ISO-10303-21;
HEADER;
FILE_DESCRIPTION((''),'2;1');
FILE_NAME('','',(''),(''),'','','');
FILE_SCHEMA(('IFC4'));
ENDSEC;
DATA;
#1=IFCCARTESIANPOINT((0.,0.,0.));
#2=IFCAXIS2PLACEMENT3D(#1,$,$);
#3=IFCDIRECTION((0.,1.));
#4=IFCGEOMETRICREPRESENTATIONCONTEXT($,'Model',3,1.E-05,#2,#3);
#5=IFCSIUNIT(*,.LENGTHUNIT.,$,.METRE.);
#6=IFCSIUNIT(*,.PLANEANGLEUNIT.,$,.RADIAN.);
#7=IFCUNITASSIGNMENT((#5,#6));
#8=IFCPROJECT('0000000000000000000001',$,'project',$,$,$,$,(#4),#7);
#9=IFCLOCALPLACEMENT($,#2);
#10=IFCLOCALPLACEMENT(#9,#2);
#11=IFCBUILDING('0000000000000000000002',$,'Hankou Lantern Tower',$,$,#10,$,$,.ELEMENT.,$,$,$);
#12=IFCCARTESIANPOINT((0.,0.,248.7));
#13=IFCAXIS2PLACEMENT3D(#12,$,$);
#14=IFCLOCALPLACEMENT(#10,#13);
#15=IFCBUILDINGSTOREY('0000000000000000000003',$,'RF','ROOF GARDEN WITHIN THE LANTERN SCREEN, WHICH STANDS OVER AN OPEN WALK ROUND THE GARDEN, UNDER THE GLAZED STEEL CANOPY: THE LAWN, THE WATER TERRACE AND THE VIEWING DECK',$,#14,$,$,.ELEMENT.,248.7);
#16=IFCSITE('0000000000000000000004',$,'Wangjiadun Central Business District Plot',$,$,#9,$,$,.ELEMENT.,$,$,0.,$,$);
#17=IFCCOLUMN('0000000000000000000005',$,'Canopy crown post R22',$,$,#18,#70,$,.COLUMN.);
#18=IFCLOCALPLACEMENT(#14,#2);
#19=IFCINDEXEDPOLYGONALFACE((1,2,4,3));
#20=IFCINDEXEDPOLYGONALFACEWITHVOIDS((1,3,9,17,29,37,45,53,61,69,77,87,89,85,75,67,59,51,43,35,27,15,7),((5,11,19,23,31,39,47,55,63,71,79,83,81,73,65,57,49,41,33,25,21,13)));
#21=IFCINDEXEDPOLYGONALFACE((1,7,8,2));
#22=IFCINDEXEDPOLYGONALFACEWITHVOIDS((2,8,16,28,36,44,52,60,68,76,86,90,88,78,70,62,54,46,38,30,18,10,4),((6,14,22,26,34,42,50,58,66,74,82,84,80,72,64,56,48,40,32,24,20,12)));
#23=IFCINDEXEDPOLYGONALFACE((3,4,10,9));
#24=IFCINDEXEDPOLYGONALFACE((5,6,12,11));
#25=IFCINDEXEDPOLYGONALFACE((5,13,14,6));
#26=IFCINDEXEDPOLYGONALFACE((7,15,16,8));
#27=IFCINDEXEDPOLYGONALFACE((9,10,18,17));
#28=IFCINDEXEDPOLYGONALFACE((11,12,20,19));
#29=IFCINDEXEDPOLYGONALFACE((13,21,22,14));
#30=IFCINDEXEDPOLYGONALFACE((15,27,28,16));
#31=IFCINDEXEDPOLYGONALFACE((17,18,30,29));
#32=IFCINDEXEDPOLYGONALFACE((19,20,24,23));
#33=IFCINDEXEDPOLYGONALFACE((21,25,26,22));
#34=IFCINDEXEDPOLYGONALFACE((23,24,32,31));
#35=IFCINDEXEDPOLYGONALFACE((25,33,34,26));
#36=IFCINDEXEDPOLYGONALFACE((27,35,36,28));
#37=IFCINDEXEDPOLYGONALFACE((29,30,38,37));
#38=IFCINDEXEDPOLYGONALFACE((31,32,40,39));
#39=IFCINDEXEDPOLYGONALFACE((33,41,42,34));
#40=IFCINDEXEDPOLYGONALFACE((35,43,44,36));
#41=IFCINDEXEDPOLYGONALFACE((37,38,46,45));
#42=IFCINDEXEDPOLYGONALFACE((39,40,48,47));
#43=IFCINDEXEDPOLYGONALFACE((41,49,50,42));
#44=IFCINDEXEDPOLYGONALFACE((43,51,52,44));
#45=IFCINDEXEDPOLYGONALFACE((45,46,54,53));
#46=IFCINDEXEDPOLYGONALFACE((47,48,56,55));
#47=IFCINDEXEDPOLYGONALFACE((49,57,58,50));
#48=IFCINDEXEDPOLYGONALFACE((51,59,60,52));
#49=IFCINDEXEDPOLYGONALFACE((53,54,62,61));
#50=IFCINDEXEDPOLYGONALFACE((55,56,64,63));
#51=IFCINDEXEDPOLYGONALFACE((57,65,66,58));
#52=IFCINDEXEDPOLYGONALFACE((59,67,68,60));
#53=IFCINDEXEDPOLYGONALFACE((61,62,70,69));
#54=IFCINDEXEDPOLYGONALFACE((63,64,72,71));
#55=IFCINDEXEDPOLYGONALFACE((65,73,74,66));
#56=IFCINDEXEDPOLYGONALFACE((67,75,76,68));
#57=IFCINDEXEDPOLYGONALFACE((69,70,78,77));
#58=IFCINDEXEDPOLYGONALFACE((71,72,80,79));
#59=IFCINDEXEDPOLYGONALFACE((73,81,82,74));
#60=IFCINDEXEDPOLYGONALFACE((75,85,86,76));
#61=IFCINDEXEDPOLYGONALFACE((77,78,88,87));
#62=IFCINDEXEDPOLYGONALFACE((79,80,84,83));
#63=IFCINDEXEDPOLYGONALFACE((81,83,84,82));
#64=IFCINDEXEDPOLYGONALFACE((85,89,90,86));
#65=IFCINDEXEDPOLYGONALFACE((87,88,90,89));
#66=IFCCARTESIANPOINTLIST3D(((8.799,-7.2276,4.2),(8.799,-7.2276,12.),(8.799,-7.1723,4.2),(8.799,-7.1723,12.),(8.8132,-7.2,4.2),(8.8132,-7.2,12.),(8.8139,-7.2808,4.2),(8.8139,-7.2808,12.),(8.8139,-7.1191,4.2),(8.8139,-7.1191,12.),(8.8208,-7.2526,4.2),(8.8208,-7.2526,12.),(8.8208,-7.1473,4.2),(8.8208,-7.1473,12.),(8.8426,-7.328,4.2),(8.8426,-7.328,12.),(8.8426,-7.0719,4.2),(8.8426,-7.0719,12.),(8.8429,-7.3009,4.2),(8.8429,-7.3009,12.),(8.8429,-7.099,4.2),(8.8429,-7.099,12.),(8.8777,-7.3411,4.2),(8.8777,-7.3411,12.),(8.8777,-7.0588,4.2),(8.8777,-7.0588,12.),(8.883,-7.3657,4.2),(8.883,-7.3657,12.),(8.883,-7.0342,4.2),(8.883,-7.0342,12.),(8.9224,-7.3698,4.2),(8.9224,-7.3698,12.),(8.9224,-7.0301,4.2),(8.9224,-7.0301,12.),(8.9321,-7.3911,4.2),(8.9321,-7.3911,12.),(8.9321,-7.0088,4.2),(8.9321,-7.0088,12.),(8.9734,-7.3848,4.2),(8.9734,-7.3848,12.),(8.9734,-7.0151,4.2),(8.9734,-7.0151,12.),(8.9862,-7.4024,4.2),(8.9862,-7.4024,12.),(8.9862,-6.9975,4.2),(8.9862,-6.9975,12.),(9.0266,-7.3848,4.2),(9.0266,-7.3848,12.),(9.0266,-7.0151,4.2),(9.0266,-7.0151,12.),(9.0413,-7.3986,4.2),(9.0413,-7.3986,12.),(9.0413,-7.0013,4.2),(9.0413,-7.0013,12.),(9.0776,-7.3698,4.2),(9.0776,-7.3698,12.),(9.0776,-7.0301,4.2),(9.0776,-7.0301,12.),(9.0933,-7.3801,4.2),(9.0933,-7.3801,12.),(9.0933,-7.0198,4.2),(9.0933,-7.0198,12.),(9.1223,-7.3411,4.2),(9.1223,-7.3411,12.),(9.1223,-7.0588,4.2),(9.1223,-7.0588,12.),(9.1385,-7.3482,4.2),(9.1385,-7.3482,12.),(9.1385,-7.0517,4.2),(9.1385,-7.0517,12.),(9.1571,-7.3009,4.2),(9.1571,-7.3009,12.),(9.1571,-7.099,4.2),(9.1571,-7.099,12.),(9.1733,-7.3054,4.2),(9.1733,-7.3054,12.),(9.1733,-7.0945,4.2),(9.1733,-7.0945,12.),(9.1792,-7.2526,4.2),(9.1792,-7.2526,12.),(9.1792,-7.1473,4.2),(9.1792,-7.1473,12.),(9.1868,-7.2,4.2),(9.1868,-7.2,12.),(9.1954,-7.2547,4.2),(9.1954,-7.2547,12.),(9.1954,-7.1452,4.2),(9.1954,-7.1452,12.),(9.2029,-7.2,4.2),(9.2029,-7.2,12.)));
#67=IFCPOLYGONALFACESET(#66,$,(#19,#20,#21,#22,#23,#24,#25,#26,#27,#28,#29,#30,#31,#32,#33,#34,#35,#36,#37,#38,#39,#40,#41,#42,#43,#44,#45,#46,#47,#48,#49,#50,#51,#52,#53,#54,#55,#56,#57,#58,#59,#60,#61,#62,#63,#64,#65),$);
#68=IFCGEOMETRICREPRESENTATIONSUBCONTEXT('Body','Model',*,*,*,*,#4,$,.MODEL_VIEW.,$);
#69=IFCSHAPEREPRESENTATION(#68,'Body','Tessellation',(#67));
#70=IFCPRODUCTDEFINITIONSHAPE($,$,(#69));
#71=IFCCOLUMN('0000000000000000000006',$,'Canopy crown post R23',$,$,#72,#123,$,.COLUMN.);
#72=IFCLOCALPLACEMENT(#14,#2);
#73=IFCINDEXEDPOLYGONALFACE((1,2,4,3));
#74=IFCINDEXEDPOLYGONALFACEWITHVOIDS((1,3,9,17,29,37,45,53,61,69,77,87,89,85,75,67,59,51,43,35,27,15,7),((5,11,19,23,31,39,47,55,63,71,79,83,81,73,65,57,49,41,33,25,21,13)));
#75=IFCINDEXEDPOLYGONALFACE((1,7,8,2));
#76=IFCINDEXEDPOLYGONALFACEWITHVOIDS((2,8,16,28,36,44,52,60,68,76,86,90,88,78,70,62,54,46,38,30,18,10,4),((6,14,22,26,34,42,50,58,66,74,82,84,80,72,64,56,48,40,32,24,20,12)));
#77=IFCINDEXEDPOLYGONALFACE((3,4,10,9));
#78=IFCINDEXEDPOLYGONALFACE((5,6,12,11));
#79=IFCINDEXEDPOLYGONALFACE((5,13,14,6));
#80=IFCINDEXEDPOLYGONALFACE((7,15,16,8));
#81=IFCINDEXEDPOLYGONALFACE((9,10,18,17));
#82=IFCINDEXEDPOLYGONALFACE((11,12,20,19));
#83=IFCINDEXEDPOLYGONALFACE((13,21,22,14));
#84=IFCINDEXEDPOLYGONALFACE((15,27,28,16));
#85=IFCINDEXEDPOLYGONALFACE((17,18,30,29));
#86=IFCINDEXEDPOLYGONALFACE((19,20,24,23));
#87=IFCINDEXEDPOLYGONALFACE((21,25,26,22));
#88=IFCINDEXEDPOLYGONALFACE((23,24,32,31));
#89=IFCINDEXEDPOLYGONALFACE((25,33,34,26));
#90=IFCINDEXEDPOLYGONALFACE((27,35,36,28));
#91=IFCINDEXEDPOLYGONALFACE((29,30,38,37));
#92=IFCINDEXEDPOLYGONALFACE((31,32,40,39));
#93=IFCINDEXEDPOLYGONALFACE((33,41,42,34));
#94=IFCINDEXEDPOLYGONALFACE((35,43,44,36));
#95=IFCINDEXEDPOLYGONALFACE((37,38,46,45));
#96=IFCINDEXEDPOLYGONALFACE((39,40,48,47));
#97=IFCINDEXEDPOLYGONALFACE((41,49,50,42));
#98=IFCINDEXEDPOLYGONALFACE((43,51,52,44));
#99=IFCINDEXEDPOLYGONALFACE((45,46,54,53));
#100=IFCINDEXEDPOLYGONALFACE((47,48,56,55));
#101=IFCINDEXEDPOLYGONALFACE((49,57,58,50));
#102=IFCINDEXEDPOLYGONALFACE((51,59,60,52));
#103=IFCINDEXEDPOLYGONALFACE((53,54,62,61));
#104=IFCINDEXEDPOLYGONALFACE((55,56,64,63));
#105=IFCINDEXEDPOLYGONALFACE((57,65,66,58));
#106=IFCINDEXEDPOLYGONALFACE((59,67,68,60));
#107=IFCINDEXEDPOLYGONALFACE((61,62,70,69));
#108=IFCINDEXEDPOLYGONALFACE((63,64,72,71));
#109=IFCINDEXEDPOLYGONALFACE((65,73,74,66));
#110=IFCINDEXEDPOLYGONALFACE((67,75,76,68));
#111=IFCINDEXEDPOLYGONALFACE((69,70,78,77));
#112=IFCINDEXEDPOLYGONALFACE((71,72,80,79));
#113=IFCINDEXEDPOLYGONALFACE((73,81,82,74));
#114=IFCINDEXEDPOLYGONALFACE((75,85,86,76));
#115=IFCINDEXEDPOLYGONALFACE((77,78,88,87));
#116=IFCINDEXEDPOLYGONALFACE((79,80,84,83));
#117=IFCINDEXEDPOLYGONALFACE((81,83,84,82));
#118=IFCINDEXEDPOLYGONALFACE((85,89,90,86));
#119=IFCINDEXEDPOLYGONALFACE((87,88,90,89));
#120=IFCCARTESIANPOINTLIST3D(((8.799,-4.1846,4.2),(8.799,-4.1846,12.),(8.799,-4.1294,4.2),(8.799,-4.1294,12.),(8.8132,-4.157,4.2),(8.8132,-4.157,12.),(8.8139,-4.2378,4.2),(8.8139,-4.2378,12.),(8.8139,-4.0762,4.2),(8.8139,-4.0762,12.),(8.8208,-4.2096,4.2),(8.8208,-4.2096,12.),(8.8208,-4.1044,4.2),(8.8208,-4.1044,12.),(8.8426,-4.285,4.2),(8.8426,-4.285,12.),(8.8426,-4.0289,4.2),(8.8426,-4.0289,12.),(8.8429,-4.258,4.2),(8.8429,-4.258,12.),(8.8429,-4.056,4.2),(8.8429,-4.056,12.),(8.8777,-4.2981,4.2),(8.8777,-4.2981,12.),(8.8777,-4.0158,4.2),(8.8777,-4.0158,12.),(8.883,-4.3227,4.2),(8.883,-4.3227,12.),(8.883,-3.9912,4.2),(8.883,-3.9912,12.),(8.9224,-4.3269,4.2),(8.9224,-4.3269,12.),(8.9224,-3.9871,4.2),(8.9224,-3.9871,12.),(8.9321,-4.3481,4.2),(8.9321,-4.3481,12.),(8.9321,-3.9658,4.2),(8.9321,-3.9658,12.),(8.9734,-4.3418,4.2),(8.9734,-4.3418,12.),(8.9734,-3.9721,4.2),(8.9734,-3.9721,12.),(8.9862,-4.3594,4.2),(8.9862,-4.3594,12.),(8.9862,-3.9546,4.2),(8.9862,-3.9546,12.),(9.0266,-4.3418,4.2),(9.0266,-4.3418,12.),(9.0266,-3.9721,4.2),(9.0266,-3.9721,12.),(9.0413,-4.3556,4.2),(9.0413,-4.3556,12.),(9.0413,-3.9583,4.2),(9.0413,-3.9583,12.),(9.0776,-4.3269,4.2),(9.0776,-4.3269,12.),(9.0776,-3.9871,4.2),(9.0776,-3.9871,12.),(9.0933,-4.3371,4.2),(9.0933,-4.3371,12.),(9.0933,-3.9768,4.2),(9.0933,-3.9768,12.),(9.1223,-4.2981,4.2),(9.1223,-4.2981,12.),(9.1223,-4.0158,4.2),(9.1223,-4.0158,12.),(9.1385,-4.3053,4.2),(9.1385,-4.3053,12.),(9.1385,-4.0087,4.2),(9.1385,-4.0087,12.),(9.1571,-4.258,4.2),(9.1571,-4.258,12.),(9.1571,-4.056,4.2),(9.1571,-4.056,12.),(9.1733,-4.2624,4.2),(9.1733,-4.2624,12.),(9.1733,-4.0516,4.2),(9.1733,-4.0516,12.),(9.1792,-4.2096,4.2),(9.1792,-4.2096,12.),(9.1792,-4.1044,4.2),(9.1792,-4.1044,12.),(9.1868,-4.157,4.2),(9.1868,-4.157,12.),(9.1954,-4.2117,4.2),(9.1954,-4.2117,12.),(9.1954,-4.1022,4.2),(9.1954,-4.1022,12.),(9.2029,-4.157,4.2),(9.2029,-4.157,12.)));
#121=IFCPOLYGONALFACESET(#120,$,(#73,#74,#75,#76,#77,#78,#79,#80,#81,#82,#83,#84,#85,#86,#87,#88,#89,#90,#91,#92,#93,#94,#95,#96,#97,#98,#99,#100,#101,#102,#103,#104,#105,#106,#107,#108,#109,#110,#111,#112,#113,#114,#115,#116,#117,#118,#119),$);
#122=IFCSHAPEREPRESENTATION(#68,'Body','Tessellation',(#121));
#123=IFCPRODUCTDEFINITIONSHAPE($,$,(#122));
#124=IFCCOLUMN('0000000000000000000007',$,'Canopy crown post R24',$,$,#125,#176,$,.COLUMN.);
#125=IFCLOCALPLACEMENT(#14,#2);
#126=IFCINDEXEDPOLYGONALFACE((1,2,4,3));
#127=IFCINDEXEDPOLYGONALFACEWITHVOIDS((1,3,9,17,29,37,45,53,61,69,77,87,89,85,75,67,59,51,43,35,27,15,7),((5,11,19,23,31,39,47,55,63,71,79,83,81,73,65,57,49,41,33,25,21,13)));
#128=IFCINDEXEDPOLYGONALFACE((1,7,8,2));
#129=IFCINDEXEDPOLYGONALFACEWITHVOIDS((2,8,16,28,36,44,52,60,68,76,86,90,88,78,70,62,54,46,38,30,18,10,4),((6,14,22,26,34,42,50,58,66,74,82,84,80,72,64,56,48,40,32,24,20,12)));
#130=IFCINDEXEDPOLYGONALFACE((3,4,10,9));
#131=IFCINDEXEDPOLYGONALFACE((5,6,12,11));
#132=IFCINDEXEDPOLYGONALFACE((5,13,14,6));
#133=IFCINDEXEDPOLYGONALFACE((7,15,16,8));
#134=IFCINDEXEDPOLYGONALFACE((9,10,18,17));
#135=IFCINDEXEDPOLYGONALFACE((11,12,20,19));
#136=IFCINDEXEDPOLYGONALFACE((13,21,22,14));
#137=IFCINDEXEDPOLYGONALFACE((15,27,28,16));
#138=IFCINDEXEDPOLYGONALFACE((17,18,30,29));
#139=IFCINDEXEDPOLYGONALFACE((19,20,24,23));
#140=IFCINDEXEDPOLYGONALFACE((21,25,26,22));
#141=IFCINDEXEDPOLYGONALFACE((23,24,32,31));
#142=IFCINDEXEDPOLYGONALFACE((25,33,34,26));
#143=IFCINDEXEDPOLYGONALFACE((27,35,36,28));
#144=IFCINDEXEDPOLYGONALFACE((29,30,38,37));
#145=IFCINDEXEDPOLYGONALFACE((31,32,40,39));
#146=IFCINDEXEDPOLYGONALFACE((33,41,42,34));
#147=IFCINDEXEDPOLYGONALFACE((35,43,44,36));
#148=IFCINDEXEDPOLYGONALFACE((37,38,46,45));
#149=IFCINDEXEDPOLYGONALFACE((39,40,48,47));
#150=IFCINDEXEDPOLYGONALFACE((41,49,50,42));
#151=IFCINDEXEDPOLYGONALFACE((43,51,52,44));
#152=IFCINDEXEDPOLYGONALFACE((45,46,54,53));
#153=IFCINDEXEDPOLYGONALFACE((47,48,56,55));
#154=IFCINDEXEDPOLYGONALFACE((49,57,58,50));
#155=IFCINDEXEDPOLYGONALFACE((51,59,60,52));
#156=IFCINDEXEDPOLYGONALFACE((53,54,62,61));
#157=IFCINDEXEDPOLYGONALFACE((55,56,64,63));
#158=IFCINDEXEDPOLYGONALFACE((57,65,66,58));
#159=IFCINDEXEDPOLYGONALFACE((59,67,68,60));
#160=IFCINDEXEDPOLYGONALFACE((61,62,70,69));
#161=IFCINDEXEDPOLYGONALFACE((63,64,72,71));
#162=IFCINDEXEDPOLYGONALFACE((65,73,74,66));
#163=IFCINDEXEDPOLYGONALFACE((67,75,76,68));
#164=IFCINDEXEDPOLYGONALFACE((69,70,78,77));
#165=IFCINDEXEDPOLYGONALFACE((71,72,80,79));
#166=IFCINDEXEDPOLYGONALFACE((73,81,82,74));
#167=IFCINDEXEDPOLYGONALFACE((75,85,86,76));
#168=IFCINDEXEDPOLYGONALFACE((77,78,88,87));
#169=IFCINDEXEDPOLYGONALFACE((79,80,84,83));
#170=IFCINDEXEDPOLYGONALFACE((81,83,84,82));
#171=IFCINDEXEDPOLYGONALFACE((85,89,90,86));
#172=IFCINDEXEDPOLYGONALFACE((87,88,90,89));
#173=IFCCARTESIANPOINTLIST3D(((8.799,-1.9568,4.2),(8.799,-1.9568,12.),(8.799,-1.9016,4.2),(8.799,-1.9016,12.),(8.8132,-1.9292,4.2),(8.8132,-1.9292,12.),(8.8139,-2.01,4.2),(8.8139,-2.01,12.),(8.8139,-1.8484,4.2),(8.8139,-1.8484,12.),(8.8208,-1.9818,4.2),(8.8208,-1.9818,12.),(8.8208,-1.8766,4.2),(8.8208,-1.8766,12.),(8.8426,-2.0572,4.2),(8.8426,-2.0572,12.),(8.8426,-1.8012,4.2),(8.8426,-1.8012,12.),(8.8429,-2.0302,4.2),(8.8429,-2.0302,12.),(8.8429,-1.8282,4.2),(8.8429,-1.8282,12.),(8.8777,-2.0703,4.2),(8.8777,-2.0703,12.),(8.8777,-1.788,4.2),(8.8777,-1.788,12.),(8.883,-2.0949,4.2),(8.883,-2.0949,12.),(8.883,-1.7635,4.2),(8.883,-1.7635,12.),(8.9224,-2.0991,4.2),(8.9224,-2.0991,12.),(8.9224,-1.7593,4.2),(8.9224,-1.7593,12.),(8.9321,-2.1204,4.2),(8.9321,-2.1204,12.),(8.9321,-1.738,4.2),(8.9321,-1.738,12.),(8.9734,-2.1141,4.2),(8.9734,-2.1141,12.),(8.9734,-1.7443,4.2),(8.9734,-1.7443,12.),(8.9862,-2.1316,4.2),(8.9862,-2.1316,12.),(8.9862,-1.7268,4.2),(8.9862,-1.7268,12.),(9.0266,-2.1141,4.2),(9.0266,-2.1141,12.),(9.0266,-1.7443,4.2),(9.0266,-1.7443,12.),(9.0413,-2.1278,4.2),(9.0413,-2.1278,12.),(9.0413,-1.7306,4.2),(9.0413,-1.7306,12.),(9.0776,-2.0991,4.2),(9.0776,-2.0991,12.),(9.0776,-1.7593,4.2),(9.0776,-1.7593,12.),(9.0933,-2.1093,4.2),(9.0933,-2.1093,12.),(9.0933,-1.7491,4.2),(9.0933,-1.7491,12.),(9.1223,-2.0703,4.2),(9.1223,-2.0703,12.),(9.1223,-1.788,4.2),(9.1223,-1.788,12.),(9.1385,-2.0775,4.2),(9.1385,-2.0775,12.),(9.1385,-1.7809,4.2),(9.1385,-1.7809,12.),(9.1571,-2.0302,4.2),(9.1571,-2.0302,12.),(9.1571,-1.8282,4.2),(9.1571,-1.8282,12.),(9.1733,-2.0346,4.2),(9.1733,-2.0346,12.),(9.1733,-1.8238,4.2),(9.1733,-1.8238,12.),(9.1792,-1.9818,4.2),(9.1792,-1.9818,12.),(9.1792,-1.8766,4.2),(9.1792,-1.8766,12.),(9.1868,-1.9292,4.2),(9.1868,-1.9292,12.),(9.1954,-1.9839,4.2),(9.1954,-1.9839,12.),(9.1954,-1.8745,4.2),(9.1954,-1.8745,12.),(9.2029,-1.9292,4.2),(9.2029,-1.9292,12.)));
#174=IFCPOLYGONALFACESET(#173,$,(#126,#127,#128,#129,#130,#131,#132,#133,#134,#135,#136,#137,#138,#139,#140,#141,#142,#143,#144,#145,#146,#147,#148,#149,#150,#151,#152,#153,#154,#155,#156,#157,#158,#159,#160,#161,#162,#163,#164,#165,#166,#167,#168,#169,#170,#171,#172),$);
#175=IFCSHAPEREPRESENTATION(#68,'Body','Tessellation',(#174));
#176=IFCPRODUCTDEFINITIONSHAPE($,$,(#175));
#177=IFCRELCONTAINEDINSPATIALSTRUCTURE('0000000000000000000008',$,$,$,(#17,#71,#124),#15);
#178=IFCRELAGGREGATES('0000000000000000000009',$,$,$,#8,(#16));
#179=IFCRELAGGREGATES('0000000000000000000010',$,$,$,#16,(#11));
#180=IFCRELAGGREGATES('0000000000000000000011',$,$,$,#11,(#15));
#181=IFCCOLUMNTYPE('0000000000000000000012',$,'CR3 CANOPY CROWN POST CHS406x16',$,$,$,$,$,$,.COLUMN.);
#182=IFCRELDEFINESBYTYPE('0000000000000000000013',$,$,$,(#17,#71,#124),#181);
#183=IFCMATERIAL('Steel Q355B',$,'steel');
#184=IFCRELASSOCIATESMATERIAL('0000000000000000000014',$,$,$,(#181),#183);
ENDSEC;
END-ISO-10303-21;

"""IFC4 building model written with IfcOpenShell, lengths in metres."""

from ifc_helpers import new_model, si_unit, direction, frame, origin, origin_2d, place, context, subcontext, project, spatial, hollow_circle, extrude, material, material_profile, profile_set, type_object, element, save


model = new_model("IFC4")

# Units and contexts
model_context = context("Model", 3, precision=1e-05, world=origin(), true_north=direction((0.0, 1.0)))
body_context = subcontext(model_context, "Body", "Model", "MODEL_VIEW")
ifc_project = project(units=[si_unit("LENGTHUNIT", "METRE"), si_unit("PLANEANGLEUNIT", "RADIAN")], contexts=[model_context])

# Site, building, storey
site_placement = place(None, origin())
site = spatial("IfcSite", under=ifc_project, at=site_placement, Name="Wangjiadun Central Business District Plot", CompositionType="ELEMENT", RefElevation=0.0)
building_placement = place(site_placement, origin())
building = spatial("IfcBuilding", under=site, at=building_placement, Name="Hankou Lantern Tower", CompositionType="ELEMENT")
storey_placement = place(building_placement, frame((0.0, 0.0, 248.7)))
storey = spatial("IfcBuildingStorey", under=building, at=storey_placement, Name="RF", Description="ROOF GARDEN WITHIN THE LANTERN SCREEN, WHICH STANDS OVER AN OPEN WALK ROUND THE GARDEN, UNDER THE GLAZED STEEL CANOPY: THE LAWN, THE WATER TERRACE AND THE VIEWING DECK", CompositionType="ELEMENT", Elevation=248.7)

# Columns
ifc_material_1 = material(Name="Steel Q355B", Category="steel")
ifc_material_profile_1 = material_profile(ifc_material_1, hollow_circle(Radius=0.2029, WallThickness=0.0161, at=origin_2d()), Name="CHS406x16")
ifc_profile_set_1 = profile_set([ifc_material_profile_1], Name="Steel Q355B")
column_type = type_object("IfcColumnType", Name="CR3 CANOPY CROWN POST CHS406x16", PredefinedType="COLUMN", material=ifc_profile_set_1)
for number, where, z_axis, x_axis, name in (
    (1, (9.0, -7.2, 4.2), (0.0, 0.0, 1.0), (1.0, 0.0, 0.0), "Canopy crown post R22"),
    (2, (9.0, -4.157, 4.2), (0.0, 0.0, 1.0), (1.0, 0.0, 0.0), "Canopy crown post R23"),
    (3, (9.0, -1.9292, 4.2), (0.0, 0.0, 1.0), (1.0, 0.0, 0.0), "Canopy crown post R24"),
):
    element("IfcColumn", number, at=place(storey_placement, frame(where, z_axis=z_axis, x_axis=x_axis)), inside=storey, type_object=column_type, Name=name, PredefinedType="COLUMN", context=body_context, shape_type="SweptSolid", body=[
        extrude(hollow_circle(Radius=0.2029, WallThickness=0.0161, at=origin_2d()), origin(), (0.0, 0.0, 1.0), 7.8),
    ])

save(model, "model.ifc")
